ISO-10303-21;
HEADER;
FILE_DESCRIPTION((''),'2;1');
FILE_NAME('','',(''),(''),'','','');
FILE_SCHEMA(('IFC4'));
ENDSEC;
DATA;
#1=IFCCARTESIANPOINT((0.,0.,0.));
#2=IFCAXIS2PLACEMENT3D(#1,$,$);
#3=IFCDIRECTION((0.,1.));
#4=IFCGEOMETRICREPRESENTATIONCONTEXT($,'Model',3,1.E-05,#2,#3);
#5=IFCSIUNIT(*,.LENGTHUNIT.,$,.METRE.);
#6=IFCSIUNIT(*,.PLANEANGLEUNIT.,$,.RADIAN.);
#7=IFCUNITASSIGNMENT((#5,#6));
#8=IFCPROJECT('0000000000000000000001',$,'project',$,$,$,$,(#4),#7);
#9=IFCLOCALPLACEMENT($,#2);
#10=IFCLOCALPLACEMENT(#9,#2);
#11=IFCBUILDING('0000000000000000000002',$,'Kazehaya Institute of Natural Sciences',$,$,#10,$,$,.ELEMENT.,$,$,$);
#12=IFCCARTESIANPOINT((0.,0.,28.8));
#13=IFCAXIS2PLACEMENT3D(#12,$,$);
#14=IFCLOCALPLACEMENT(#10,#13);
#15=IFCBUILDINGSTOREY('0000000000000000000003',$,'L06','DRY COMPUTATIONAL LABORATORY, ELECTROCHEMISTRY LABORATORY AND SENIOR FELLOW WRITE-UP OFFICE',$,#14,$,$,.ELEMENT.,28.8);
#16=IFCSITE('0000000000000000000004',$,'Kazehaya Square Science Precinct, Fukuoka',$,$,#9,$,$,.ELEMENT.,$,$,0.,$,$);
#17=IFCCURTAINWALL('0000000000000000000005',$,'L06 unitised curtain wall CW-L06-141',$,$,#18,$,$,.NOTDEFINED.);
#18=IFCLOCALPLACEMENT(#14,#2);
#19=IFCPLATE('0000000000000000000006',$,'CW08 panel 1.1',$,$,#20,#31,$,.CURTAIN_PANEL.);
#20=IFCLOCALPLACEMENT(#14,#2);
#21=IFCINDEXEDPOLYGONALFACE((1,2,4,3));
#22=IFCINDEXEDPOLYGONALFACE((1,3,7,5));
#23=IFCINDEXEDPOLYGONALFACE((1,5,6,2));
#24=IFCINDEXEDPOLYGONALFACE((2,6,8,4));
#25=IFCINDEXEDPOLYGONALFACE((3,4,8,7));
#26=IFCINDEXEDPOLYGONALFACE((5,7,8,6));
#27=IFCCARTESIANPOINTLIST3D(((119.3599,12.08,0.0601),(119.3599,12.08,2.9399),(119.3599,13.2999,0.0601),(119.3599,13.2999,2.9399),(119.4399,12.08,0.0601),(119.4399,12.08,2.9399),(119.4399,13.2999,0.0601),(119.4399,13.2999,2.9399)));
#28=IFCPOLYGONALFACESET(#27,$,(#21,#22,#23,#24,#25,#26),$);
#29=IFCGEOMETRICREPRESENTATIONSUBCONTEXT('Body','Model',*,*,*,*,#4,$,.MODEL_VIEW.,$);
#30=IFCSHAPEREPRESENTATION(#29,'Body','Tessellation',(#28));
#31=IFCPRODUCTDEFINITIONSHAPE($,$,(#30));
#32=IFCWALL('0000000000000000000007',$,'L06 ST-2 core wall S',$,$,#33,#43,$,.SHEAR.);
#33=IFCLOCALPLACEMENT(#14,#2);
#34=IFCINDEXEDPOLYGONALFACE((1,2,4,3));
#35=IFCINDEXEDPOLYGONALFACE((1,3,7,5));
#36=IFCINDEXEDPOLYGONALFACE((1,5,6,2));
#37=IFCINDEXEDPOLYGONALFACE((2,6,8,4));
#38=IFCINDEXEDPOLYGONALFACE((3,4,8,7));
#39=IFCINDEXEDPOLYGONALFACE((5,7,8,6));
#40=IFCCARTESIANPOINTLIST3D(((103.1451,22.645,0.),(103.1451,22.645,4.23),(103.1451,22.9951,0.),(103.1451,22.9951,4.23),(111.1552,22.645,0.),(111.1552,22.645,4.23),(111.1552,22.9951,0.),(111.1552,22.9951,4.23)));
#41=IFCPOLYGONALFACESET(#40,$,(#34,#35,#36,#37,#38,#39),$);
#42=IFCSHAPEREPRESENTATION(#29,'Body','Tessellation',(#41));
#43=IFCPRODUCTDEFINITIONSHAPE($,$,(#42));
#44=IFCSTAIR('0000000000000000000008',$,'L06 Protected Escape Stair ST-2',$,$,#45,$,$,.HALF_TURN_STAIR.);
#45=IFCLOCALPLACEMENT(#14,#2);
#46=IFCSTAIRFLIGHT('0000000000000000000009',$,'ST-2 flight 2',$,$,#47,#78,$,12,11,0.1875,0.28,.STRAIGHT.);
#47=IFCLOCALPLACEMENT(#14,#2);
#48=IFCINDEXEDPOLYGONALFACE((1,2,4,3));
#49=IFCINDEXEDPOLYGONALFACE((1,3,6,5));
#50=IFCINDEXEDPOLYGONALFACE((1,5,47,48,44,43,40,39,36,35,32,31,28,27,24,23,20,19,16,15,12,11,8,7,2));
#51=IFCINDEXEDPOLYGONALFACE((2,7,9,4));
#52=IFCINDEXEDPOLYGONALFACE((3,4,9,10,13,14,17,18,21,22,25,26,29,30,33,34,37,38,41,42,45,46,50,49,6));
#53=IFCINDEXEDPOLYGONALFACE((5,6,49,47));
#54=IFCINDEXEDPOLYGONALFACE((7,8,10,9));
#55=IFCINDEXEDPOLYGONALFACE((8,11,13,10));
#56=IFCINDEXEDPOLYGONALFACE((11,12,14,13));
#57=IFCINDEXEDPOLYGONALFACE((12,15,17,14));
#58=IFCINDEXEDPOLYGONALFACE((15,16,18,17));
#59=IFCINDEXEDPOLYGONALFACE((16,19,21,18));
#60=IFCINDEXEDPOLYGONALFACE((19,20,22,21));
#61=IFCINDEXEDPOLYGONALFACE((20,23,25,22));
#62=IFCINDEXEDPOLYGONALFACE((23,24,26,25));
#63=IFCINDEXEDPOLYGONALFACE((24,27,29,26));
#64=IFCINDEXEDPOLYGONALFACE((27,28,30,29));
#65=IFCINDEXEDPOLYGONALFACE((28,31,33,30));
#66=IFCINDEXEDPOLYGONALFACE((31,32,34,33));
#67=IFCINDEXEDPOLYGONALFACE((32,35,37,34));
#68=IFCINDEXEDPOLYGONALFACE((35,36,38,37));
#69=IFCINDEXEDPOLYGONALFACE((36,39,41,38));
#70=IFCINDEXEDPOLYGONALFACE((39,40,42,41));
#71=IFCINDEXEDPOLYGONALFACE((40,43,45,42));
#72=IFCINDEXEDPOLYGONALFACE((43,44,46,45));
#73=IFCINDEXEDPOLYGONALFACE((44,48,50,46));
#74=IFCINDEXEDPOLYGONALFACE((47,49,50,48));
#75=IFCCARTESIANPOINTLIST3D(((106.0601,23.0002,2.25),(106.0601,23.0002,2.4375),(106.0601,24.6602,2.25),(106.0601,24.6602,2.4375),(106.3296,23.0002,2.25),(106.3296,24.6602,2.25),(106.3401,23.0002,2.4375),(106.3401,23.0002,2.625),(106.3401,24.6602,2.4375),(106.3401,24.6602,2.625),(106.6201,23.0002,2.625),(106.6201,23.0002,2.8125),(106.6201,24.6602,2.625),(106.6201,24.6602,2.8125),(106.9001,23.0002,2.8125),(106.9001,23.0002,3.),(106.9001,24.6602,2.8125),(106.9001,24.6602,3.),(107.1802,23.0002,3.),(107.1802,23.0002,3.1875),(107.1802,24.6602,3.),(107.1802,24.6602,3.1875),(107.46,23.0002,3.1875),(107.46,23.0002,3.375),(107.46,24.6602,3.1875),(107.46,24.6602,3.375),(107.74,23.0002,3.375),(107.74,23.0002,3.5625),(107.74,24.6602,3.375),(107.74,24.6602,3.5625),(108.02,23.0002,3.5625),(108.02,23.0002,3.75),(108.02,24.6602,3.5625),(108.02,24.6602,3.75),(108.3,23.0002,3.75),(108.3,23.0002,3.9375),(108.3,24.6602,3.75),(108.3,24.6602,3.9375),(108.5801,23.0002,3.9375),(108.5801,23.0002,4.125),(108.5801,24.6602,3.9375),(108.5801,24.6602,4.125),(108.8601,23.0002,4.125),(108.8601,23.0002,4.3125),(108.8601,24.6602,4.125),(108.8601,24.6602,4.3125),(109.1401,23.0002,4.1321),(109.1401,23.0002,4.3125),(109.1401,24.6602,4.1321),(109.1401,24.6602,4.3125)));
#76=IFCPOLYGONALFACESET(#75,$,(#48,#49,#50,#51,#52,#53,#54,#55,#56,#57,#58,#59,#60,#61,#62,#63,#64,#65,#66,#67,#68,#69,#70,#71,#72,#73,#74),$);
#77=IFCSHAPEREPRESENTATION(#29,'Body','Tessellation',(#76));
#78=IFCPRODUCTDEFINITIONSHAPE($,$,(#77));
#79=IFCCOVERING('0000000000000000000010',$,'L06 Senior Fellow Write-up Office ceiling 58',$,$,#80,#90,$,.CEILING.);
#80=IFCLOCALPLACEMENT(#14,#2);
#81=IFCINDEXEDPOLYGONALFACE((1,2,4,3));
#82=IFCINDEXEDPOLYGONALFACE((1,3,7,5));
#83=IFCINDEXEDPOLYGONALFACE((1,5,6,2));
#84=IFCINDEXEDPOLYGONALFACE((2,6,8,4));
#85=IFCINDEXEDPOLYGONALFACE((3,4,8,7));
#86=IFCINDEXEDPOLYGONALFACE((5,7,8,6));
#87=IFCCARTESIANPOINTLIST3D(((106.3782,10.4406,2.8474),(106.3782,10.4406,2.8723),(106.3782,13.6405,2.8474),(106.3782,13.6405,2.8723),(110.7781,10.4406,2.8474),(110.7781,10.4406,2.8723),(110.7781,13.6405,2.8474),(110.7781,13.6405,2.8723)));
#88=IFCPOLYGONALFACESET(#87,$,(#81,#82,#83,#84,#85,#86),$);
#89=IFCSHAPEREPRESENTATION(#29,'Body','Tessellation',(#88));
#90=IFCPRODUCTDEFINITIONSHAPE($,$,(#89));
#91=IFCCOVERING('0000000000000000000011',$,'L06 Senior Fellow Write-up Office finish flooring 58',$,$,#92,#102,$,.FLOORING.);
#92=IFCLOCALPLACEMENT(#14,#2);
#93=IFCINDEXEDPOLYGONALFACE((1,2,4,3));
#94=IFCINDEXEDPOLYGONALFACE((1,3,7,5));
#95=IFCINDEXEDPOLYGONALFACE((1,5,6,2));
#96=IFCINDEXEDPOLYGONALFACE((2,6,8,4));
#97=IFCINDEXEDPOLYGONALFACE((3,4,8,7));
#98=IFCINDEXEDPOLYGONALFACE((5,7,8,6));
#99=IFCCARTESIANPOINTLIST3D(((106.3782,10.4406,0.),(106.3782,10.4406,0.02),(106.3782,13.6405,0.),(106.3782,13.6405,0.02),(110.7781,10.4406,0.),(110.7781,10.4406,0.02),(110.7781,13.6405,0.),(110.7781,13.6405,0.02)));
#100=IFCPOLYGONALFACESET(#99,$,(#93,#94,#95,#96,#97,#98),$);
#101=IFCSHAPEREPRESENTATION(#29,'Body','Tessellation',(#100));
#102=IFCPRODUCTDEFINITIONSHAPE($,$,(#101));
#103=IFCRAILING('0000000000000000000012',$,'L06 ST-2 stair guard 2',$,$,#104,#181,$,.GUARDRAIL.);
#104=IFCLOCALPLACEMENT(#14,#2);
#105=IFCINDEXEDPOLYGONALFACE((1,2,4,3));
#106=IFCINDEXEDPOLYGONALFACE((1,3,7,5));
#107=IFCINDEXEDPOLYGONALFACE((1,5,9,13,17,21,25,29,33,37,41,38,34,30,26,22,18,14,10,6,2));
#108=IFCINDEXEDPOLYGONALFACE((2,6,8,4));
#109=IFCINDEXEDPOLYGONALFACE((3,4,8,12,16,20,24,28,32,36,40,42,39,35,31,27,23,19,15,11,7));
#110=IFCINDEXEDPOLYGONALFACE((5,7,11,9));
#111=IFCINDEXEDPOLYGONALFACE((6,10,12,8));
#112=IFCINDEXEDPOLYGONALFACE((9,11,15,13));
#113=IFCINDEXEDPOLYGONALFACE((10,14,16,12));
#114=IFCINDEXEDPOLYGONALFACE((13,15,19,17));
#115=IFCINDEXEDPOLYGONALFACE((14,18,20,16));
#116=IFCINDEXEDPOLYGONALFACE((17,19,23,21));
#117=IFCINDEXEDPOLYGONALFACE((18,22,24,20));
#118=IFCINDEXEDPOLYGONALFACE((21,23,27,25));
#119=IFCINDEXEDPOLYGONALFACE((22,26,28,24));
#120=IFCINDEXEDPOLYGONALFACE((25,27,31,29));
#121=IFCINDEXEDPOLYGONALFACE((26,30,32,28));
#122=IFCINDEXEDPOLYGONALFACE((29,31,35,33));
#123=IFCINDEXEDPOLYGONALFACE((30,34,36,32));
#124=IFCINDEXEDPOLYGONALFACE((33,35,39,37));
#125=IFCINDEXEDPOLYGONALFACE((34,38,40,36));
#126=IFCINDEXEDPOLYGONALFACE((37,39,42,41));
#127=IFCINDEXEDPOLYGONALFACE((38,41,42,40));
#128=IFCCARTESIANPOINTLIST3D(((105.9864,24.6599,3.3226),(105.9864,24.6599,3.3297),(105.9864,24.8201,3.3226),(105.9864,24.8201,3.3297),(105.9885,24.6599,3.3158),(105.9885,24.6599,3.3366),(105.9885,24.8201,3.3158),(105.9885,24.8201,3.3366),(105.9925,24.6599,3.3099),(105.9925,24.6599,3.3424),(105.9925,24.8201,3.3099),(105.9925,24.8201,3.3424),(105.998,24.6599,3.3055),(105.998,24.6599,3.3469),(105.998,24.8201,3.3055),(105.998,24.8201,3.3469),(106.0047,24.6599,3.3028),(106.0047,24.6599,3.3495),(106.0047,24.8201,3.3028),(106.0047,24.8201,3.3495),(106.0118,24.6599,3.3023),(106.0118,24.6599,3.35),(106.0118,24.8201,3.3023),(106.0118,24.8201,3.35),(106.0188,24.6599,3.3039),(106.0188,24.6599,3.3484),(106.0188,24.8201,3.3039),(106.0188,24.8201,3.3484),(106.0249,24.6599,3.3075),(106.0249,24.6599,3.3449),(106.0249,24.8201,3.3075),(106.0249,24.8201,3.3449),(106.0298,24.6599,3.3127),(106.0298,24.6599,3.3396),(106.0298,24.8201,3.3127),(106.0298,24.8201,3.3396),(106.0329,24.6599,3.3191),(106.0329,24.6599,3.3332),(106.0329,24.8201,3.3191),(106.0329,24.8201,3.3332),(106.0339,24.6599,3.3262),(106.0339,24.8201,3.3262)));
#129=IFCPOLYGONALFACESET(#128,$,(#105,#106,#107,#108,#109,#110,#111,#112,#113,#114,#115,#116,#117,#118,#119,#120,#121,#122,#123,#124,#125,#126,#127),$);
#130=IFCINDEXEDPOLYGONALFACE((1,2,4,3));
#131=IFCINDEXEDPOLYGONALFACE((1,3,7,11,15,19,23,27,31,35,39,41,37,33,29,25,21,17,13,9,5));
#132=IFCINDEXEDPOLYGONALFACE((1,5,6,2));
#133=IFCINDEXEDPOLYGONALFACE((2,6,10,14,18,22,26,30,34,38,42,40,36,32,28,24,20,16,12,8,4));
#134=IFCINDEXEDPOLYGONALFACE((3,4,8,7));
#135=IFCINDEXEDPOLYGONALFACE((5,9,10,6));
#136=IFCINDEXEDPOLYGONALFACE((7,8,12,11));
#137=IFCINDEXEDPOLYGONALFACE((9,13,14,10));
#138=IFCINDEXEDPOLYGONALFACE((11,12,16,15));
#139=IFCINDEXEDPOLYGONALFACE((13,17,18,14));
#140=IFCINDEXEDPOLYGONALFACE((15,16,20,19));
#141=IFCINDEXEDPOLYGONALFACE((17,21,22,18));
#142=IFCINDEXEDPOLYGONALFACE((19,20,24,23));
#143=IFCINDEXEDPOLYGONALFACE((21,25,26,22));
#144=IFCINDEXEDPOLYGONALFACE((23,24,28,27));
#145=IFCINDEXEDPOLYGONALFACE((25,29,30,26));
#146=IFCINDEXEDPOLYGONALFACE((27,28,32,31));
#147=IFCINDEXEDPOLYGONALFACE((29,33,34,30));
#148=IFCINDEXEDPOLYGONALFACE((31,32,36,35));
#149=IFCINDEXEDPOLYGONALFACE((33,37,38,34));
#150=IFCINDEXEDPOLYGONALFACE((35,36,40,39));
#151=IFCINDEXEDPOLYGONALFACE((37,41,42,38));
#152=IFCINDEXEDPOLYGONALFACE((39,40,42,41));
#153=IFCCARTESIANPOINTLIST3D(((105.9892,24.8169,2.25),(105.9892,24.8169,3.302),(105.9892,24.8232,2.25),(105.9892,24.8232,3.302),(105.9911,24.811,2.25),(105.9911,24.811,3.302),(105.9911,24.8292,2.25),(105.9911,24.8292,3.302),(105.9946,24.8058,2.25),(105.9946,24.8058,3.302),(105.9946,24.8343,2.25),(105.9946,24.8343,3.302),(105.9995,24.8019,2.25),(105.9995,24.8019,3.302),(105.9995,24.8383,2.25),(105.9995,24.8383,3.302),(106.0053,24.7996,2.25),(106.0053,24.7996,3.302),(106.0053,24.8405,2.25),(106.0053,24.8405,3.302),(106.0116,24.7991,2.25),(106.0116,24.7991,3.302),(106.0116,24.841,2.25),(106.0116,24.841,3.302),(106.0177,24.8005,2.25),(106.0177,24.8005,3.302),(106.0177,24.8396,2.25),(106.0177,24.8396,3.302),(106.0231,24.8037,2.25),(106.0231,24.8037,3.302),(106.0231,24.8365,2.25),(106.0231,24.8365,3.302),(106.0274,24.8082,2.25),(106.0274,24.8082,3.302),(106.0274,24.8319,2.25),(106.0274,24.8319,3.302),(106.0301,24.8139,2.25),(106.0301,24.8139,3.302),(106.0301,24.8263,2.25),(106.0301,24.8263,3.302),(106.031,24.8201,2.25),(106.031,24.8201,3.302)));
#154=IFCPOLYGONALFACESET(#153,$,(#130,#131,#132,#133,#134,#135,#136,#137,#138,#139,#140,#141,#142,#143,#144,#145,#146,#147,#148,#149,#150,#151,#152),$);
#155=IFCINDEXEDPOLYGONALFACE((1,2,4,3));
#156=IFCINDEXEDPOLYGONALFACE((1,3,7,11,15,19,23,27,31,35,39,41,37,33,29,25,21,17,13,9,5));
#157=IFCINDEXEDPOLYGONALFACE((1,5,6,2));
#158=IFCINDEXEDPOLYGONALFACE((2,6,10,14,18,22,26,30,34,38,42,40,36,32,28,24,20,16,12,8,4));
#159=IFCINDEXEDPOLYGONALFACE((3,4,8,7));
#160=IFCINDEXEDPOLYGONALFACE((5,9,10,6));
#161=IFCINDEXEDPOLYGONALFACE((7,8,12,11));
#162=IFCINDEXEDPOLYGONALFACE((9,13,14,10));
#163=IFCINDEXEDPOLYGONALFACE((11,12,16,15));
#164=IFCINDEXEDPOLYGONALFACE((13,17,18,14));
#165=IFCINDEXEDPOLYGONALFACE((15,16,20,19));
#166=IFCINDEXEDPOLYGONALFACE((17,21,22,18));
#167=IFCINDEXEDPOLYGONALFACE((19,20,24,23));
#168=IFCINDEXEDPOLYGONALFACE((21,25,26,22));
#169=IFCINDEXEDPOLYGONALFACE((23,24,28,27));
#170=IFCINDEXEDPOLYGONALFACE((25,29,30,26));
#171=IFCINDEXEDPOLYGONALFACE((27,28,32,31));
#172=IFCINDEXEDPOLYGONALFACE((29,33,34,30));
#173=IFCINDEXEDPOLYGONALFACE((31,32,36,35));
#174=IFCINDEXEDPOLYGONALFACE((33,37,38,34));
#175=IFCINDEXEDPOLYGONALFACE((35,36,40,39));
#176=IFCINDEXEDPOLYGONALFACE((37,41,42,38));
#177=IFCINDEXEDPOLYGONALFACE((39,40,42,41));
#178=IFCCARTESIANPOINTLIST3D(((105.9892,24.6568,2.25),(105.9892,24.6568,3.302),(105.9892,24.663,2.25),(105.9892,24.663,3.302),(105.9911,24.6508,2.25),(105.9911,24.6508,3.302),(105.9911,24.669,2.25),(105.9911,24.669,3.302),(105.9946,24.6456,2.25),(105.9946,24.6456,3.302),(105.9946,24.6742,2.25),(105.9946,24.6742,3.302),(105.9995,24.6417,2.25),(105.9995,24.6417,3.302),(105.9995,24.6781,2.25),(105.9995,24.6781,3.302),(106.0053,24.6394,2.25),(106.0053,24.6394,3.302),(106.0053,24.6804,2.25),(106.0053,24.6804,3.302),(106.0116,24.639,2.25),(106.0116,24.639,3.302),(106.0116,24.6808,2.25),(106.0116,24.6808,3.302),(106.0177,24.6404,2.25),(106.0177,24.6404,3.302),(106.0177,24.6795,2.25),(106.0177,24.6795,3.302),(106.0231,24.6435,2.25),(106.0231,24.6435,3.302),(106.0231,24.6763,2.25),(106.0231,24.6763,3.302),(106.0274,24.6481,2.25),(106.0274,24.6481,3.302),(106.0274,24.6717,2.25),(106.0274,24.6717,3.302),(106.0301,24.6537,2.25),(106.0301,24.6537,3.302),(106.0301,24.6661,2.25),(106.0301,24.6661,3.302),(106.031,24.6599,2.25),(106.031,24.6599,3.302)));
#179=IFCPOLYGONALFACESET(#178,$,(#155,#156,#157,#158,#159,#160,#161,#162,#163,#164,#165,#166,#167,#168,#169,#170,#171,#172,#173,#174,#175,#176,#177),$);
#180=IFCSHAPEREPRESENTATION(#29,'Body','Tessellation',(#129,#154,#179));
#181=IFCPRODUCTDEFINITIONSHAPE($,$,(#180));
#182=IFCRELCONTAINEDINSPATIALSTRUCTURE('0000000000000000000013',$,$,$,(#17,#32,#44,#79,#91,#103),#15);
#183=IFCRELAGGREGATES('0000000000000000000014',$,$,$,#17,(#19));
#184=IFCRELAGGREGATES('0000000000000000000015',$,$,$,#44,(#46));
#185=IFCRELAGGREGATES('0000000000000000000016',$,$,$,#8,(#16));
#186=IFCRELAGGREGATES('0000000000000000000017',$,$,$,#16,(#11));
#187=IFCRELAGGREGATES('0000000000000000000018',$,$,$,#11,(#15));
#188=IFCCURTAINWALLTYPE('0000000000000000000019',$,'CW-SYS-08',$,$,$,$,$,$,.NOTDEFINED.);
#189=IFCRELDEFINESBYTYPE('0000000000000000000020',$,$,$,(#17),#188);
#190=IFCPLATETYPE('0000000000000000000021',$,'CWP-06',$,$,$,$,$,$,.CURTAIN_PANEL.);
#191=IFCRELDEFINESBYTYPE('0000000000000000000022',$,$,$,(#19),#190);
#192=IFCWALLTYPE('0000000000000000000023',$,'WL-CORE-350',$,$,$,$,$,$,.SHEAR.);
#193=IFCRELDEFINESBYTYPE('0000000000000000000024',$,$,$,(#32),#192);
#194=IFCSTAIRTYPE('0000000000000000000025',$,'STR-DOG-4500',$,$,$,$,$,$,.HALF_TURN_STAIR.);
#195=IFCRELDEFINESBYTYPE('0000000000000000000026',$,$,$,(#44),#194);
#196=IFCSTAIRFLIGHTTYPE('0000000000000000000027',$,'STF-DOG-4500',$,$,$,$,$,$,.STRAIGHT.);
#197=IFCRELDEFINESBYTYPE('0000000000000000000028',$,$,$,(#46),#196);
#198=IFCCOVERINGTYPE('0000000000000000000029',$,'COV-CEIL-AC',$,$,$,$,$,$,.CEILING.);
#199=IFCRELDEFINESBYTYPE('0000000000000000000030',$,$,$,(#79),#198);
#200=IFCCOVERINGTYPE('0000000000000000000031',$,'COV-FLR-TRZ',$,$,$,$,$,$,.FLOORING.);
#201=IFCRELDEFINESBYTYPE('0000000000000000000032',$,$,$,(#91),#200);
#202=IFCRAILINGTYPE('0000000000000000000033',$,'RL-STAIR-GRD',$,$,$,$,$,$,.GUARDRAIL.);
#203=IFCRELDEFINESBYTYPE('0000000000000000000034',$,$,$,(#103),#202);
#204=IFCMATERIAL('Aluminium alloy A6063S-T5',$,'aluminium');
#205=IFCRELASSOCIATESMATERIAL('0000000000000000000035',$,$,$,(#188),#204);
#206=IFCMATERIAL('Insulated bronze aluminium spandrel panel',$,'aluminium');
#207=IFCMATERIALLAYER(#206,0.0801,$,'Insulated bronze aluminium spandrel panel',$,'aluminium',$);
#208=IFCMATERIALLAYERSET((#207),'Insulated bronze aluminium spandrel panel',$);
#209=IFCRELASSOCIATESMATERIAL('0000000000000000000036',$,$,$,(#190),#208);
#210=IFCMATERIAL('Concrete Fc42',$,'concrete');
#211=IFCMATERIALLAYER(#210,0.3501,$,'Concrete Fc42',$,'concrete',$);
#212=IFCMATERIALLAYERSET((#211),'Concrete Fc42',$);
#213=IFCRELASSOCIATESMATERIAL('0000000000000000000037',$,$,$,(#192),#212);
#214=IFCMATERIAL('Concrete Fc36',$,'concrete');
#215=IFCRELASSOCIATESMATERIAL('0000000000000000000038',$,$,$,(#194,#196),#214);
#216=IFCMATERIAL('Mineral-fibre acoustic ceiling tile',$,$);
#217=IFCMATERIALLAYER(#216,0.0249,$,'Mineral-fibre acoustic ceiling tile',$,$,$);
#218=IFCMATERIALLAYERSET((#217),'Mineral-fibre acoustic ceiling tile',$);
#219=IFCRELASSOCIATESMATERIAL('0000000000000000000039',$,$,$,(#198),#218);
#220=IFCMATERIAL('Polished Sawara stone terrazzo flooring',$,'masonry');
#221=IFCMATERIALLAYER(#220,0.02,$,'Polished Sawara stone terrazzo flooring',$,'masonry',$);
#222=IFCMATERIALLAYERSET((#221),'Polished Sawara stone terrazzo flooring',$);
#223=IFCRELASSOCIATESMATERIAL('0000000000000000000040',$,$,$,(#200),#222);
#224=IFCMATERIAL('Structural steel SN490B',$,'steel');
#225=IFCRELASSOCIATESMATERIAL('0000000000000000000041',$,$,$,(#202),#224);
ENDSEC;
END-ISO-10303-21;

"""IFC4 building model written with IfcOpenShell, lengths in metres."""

from ifc_helpers import new_model, si_unit, direction, frame, frame_2d, origin, origin_2d, place, context, subcontext, project, spatial, polyline, rectangle, circle, outline, extrude, material, layer, layer_set, type_object, element, aggregate, save


model = new_model("IFC4")

# Units and contexts
model_context = context("Model", 3, precision=1e-05, world=origin(), true_north=direction((0.0, 1.0)))
body_context = subcontext(model_context, "Body", "Model", "MODEL_VIEW")
ifc_project = project(units=[si_unit("LENGTHUNIT", "METRE"), si_unit("PLANEANGLEUNIT", "RADIAN")], contexts=[model_context])

# Site, building, storey
site_placement = place(None, origin())
site = spatial("IfcSite", under=ifc_project, at=site_placement, Name="Kazehaya Square Science Precinct, Fukuoka", CompositionType="ELEMENT", RefElevation=0.0)
building_placement = place(site_placement, origin())
building = spatial("IfcBuilding", under=site, at=building_placement, Name="Kazehaya Institute of Natural Sciences", CompositionType="ELEMENT")
storey_placement = place(building_placement, frame((0.0, 0.0, 28.8)))
storey = spatial("IfcBuildingStorey", under=building, at=storey_placement, Name="L06", Description="DRY COMPUTATIONAL LABORATORY, ELECTROCHEMISTRY LABORATORY AND SENIOR FELLOW WRITE-UP OFFICE", CompositionType="ELEMENT", Elevation=28.8)

# Shared definitions
ifc_material_1 = material(Name="Concrete Fc36", Category="concrete")

# Curtain wall, plate
ifc_material_2 = material(Name="Aluminium alloy A6063S-T5", Category="aluminium")
curtain_wall_type = type_object("IfcCurtainWallType", Name="CW-SYS-08", PredefinedType="NOTDEFINED", material=ifc_material_2)
curtain_wall_placement = place(storey_placement, origin())
curtain_wall = element("IfcCurtainWall", 1, at=curtain_wall_placement, inside=storey, type_object=curtain_wall_type, Name="L06 unitised curtain wall CW-L06-141", PredefinedType="NOTDEFINED")
ifc_material_3 = material(Name="Insulated bronze aluminium spandrel panel", Category="aluminium")
ifc_layer_1 = layer(ifc_material_3, 0.0801, Name="Insulated bronze aluminium spandrel panel", Category="aluminium")
ifc_layer_set_1 = layer_set([ifc_layer_1], Name="Insulated bronze aluminium spandrel panel")
plate_type = type_object("IfcPlateType", Name="CWP-06", PredefinedType="CURTAIN_PANEL", material=ifc_layer_set_1)
plate_placement = place(storey_placement, frame((119.3999, 12.6899, 0.0601), z_axis=(0.0, 0.0, 1.0), x_axis=(0.0, -1.0, 0.0)))
plate = element("IfcPlate", 2, at=plate_placement, type_object=plate_type, Name="CW08 panel 1.1", PredefinedType="CURTAIN_PANEL", context=body_context, shape_type="SweptSolid", body=[
    extrude(rectangle(XDim=1.22, YDim=0.0801, at=origin_2d()), origin(), (0.0, 0.0, 1.0), 2.8799),
])
aggregate(curtain_wall, [plate])

# Wall
ifc_material_4 = material(Name="Concrete Fc42", Category="concrete")
ifc_layer_2 = layer(ifc_material_4, 0.3501, Name="Concrete Fc42", Category="concrete")
ifc_layer_set_2 = layer_set([ifc_layer_2], Name="Concrete Fc42")
wall_type = type_object("IfcWallType", Name="WL-CORE-350", PredefinedType="SHEAR", material=ifc_layer_set_2)
wall_placement = place(storey_placement, frame((111.155, 22.8201, 0.0), z_axis=(0.0, 0.0, 1.0), x_axis=(-1.0, 0.0, 0.0)))
element("IfcWall", 3, at=wall_placement, inside=storey, type_object=wall_type, Name="L06 ST-2 core wall S", PredefinedType="SHEAR", context=body_context, shape_type="SweptSolid", body=[
    extrude(rectangle(XDim=8.01, YDim=0.3501, at=frame_2d((4.0049, 0.0))), origin(), (0.0, 0.0, 1.0), 4.23),
])

# Stair, stair flight
stair_type = type_object("IfcStairType", Name="STR-DOG-4500", PredefinedType="HALF_TURN_STAIR", material=ifc_material_1)
stair_placement = place(storey_placement, origin())
stair = element("IfcStair", 4, at=stair_placement, inside=storey, type_object=stair_type, Name="L06 Protected Escape Stair ST-2", PredefinedType="HALF_TURN_STAIR")
stair_flight_type = type_object("IfcStairFlightType", Name="STF-DOG-4500", PredefinedType="STRAIGHT", material=ifc_material_1)
stair_flight_placement = place(storey_placement, frame((106.0601, 23.8301, 2.25), z_axis=(0.0, 0.0, 1.0), x_axis=(1.0, 0.0, 0.0)))
stair_flight = element("IfcStairFlight", 5, at=stair_flight_placement, type_object=stair_flight_type, Name="ST-2 flight 2", NumberOfRisers=12, NumberOfTreads=11, PredefinedType="STRAIGHT", RiserHeight=0.1875, TreadLength=0.28, context=body_context, shape_type="SweptSolid", body=[
    extrude(outline(polyline([(0.0, 0.0), (0.0, 0.1875), (0.28, 0.1875), (0.28, 0.375), (0.5601, 0.375), (0.5601, 0.5625), (0.8401, 0.5625), (0.8401, 0.75), (1.1201, 0.75), (1.1201, 0.9375), (1.3999, 0.9375), (1.3999, 1.125), (1.6799, 1.125), (1.6799, 1.3125), (1.96, 1.3125), (1.96, 1.5), (2.24, 1.5), (2.24, 1.6875), (2.52, 1.6875), (2.52, 1.875), (2.8, 1.875), (2.8, 2.0625), (3.0801, 2.0625), (3.0801, 2.25), (3.0801, 1.8821), (0.2695, 0.0), (0.0, 0.0)])), frame((0.0, 0.8301, 0.0), z_axis=(0.0, -1.0, 0.0), x_axis=(1.0, 0.0, 0.0)), (0.0, 0.0, 1.0), 1.6599),
])
aggregate(stair, [stair_flight])

# Coverings
ifc_material_5 = material(Name="Mineral-fibre acoustic ceiling tile")
ifc_layer_3 = layer(ifc_material_5, 0.0249, Name="Mineral-fibre acoustic ceiling tile")
ifc_layer_set_3 = layer_set([ifc_layer_3], Name="Mineral-fibre acoustic ceiling tile")
covering_type_1 = type_object("IfcCoveringType", Name="COV-CEIL-AC", PredefinedType="CEILING", material=ifc_layer_set_3)
covering_1_placement = place(storey_placement, frame((108.5781, 12.0405, 2.8474), z_axis=(0.0, 0.0, 1.0), x_axis=(1.0, 0.0, 0.0)))
element("IfcCovering", 6, at=covering_1_placement, inside=storey, type_object=covering_type_1, Name="L06 Senior Fellow Write-up Office ceiling 58", PredefinedType="CEILING", context=body_context, shape_type="SweptSolid", body=[
    extrude(rectangle(XDim=4.3999, YDim=3.2, at=origin_2d()), origin(), (0.0, 0.0, 1.0), 0.0249),
])
ifc_material_6 = material(Name="Polished Sawara stone terrazzo flooring", Category="masonry")
ifc_layer_4 = layer(ifc_material_6, 0.02, Name="Polished Sawara stone terrazzo flooring", Category="masonry")
ifc_layer_set_4 = layer_set([ifc_layer_4], Name="Polished Sawara stone terrazzo flooring")
covering_type_2 = type_object("IfcCoveringType", Name="COV-FLR-TRZ", PredefinedType="FLOORING", material=ifc_layer_set_4)
covering_2_placement = place(storey_placement, frame((108.5781, 12.0405, 0.0), z_axis=(0.0, 0.0, 1.0), x_axis=(1.0, 0.0, 0.0)))
element("IfcCovering", 7, at=covering_2_placement, inside=storey, type_object=covering_type_2, Name="L06 Senior Fellow Write-up Office finish flooring 58", PredefinedType="FLOORING", context=body_context, shape_type="SweptSolid", body=[
    extrude(rectangle(XDim=4.3999, YDim=3.2, at=origin_2d()), origin(), (0.0, 0.0, 1.0), 0.02),
])

# Railing
ifc_material_7 = material(Name="Structural steel SN490B", Category="steel")
railing_type_1 = type_object("IfcRailingType", Name="RL-STAIR-GRD", PredefinedType="GUARDRAIL", material=ifc_material_7)
railing_1_placement = place(storey_placement, frame((106.01, 24.8201, 2.25)))
element("IfcRailing", 8, at=railing_1_placement, inside=storey, type_object=railing_type_1, Name="L06 ST-2 stair guard 2", PredefinedType="GUARDRAIL", context=body_context, shape_type="SweptSolid", body=[
    extrude(circle(Radius=0.0239, at=origin_2d()), frame((0.0, 0.0, 1.0762), z_axis=(0.0, -1.0, 0.0), x_axis=(1.0, 0.0, 0.0)), (0.0, 0.0, 1.0), 0.1602),
    extrude(circle(Radius=0.021, at=origin_2d()), origin(), (0.0, 0.0, 1.0), 1.052),
    extrude(circle(Radius=0.021, at=origin_2d()), frame((0.0, -0.1602, 0.0)), (0.0, 0.0, 1.0), 1.052),
])

save(model, "model.ifc")
